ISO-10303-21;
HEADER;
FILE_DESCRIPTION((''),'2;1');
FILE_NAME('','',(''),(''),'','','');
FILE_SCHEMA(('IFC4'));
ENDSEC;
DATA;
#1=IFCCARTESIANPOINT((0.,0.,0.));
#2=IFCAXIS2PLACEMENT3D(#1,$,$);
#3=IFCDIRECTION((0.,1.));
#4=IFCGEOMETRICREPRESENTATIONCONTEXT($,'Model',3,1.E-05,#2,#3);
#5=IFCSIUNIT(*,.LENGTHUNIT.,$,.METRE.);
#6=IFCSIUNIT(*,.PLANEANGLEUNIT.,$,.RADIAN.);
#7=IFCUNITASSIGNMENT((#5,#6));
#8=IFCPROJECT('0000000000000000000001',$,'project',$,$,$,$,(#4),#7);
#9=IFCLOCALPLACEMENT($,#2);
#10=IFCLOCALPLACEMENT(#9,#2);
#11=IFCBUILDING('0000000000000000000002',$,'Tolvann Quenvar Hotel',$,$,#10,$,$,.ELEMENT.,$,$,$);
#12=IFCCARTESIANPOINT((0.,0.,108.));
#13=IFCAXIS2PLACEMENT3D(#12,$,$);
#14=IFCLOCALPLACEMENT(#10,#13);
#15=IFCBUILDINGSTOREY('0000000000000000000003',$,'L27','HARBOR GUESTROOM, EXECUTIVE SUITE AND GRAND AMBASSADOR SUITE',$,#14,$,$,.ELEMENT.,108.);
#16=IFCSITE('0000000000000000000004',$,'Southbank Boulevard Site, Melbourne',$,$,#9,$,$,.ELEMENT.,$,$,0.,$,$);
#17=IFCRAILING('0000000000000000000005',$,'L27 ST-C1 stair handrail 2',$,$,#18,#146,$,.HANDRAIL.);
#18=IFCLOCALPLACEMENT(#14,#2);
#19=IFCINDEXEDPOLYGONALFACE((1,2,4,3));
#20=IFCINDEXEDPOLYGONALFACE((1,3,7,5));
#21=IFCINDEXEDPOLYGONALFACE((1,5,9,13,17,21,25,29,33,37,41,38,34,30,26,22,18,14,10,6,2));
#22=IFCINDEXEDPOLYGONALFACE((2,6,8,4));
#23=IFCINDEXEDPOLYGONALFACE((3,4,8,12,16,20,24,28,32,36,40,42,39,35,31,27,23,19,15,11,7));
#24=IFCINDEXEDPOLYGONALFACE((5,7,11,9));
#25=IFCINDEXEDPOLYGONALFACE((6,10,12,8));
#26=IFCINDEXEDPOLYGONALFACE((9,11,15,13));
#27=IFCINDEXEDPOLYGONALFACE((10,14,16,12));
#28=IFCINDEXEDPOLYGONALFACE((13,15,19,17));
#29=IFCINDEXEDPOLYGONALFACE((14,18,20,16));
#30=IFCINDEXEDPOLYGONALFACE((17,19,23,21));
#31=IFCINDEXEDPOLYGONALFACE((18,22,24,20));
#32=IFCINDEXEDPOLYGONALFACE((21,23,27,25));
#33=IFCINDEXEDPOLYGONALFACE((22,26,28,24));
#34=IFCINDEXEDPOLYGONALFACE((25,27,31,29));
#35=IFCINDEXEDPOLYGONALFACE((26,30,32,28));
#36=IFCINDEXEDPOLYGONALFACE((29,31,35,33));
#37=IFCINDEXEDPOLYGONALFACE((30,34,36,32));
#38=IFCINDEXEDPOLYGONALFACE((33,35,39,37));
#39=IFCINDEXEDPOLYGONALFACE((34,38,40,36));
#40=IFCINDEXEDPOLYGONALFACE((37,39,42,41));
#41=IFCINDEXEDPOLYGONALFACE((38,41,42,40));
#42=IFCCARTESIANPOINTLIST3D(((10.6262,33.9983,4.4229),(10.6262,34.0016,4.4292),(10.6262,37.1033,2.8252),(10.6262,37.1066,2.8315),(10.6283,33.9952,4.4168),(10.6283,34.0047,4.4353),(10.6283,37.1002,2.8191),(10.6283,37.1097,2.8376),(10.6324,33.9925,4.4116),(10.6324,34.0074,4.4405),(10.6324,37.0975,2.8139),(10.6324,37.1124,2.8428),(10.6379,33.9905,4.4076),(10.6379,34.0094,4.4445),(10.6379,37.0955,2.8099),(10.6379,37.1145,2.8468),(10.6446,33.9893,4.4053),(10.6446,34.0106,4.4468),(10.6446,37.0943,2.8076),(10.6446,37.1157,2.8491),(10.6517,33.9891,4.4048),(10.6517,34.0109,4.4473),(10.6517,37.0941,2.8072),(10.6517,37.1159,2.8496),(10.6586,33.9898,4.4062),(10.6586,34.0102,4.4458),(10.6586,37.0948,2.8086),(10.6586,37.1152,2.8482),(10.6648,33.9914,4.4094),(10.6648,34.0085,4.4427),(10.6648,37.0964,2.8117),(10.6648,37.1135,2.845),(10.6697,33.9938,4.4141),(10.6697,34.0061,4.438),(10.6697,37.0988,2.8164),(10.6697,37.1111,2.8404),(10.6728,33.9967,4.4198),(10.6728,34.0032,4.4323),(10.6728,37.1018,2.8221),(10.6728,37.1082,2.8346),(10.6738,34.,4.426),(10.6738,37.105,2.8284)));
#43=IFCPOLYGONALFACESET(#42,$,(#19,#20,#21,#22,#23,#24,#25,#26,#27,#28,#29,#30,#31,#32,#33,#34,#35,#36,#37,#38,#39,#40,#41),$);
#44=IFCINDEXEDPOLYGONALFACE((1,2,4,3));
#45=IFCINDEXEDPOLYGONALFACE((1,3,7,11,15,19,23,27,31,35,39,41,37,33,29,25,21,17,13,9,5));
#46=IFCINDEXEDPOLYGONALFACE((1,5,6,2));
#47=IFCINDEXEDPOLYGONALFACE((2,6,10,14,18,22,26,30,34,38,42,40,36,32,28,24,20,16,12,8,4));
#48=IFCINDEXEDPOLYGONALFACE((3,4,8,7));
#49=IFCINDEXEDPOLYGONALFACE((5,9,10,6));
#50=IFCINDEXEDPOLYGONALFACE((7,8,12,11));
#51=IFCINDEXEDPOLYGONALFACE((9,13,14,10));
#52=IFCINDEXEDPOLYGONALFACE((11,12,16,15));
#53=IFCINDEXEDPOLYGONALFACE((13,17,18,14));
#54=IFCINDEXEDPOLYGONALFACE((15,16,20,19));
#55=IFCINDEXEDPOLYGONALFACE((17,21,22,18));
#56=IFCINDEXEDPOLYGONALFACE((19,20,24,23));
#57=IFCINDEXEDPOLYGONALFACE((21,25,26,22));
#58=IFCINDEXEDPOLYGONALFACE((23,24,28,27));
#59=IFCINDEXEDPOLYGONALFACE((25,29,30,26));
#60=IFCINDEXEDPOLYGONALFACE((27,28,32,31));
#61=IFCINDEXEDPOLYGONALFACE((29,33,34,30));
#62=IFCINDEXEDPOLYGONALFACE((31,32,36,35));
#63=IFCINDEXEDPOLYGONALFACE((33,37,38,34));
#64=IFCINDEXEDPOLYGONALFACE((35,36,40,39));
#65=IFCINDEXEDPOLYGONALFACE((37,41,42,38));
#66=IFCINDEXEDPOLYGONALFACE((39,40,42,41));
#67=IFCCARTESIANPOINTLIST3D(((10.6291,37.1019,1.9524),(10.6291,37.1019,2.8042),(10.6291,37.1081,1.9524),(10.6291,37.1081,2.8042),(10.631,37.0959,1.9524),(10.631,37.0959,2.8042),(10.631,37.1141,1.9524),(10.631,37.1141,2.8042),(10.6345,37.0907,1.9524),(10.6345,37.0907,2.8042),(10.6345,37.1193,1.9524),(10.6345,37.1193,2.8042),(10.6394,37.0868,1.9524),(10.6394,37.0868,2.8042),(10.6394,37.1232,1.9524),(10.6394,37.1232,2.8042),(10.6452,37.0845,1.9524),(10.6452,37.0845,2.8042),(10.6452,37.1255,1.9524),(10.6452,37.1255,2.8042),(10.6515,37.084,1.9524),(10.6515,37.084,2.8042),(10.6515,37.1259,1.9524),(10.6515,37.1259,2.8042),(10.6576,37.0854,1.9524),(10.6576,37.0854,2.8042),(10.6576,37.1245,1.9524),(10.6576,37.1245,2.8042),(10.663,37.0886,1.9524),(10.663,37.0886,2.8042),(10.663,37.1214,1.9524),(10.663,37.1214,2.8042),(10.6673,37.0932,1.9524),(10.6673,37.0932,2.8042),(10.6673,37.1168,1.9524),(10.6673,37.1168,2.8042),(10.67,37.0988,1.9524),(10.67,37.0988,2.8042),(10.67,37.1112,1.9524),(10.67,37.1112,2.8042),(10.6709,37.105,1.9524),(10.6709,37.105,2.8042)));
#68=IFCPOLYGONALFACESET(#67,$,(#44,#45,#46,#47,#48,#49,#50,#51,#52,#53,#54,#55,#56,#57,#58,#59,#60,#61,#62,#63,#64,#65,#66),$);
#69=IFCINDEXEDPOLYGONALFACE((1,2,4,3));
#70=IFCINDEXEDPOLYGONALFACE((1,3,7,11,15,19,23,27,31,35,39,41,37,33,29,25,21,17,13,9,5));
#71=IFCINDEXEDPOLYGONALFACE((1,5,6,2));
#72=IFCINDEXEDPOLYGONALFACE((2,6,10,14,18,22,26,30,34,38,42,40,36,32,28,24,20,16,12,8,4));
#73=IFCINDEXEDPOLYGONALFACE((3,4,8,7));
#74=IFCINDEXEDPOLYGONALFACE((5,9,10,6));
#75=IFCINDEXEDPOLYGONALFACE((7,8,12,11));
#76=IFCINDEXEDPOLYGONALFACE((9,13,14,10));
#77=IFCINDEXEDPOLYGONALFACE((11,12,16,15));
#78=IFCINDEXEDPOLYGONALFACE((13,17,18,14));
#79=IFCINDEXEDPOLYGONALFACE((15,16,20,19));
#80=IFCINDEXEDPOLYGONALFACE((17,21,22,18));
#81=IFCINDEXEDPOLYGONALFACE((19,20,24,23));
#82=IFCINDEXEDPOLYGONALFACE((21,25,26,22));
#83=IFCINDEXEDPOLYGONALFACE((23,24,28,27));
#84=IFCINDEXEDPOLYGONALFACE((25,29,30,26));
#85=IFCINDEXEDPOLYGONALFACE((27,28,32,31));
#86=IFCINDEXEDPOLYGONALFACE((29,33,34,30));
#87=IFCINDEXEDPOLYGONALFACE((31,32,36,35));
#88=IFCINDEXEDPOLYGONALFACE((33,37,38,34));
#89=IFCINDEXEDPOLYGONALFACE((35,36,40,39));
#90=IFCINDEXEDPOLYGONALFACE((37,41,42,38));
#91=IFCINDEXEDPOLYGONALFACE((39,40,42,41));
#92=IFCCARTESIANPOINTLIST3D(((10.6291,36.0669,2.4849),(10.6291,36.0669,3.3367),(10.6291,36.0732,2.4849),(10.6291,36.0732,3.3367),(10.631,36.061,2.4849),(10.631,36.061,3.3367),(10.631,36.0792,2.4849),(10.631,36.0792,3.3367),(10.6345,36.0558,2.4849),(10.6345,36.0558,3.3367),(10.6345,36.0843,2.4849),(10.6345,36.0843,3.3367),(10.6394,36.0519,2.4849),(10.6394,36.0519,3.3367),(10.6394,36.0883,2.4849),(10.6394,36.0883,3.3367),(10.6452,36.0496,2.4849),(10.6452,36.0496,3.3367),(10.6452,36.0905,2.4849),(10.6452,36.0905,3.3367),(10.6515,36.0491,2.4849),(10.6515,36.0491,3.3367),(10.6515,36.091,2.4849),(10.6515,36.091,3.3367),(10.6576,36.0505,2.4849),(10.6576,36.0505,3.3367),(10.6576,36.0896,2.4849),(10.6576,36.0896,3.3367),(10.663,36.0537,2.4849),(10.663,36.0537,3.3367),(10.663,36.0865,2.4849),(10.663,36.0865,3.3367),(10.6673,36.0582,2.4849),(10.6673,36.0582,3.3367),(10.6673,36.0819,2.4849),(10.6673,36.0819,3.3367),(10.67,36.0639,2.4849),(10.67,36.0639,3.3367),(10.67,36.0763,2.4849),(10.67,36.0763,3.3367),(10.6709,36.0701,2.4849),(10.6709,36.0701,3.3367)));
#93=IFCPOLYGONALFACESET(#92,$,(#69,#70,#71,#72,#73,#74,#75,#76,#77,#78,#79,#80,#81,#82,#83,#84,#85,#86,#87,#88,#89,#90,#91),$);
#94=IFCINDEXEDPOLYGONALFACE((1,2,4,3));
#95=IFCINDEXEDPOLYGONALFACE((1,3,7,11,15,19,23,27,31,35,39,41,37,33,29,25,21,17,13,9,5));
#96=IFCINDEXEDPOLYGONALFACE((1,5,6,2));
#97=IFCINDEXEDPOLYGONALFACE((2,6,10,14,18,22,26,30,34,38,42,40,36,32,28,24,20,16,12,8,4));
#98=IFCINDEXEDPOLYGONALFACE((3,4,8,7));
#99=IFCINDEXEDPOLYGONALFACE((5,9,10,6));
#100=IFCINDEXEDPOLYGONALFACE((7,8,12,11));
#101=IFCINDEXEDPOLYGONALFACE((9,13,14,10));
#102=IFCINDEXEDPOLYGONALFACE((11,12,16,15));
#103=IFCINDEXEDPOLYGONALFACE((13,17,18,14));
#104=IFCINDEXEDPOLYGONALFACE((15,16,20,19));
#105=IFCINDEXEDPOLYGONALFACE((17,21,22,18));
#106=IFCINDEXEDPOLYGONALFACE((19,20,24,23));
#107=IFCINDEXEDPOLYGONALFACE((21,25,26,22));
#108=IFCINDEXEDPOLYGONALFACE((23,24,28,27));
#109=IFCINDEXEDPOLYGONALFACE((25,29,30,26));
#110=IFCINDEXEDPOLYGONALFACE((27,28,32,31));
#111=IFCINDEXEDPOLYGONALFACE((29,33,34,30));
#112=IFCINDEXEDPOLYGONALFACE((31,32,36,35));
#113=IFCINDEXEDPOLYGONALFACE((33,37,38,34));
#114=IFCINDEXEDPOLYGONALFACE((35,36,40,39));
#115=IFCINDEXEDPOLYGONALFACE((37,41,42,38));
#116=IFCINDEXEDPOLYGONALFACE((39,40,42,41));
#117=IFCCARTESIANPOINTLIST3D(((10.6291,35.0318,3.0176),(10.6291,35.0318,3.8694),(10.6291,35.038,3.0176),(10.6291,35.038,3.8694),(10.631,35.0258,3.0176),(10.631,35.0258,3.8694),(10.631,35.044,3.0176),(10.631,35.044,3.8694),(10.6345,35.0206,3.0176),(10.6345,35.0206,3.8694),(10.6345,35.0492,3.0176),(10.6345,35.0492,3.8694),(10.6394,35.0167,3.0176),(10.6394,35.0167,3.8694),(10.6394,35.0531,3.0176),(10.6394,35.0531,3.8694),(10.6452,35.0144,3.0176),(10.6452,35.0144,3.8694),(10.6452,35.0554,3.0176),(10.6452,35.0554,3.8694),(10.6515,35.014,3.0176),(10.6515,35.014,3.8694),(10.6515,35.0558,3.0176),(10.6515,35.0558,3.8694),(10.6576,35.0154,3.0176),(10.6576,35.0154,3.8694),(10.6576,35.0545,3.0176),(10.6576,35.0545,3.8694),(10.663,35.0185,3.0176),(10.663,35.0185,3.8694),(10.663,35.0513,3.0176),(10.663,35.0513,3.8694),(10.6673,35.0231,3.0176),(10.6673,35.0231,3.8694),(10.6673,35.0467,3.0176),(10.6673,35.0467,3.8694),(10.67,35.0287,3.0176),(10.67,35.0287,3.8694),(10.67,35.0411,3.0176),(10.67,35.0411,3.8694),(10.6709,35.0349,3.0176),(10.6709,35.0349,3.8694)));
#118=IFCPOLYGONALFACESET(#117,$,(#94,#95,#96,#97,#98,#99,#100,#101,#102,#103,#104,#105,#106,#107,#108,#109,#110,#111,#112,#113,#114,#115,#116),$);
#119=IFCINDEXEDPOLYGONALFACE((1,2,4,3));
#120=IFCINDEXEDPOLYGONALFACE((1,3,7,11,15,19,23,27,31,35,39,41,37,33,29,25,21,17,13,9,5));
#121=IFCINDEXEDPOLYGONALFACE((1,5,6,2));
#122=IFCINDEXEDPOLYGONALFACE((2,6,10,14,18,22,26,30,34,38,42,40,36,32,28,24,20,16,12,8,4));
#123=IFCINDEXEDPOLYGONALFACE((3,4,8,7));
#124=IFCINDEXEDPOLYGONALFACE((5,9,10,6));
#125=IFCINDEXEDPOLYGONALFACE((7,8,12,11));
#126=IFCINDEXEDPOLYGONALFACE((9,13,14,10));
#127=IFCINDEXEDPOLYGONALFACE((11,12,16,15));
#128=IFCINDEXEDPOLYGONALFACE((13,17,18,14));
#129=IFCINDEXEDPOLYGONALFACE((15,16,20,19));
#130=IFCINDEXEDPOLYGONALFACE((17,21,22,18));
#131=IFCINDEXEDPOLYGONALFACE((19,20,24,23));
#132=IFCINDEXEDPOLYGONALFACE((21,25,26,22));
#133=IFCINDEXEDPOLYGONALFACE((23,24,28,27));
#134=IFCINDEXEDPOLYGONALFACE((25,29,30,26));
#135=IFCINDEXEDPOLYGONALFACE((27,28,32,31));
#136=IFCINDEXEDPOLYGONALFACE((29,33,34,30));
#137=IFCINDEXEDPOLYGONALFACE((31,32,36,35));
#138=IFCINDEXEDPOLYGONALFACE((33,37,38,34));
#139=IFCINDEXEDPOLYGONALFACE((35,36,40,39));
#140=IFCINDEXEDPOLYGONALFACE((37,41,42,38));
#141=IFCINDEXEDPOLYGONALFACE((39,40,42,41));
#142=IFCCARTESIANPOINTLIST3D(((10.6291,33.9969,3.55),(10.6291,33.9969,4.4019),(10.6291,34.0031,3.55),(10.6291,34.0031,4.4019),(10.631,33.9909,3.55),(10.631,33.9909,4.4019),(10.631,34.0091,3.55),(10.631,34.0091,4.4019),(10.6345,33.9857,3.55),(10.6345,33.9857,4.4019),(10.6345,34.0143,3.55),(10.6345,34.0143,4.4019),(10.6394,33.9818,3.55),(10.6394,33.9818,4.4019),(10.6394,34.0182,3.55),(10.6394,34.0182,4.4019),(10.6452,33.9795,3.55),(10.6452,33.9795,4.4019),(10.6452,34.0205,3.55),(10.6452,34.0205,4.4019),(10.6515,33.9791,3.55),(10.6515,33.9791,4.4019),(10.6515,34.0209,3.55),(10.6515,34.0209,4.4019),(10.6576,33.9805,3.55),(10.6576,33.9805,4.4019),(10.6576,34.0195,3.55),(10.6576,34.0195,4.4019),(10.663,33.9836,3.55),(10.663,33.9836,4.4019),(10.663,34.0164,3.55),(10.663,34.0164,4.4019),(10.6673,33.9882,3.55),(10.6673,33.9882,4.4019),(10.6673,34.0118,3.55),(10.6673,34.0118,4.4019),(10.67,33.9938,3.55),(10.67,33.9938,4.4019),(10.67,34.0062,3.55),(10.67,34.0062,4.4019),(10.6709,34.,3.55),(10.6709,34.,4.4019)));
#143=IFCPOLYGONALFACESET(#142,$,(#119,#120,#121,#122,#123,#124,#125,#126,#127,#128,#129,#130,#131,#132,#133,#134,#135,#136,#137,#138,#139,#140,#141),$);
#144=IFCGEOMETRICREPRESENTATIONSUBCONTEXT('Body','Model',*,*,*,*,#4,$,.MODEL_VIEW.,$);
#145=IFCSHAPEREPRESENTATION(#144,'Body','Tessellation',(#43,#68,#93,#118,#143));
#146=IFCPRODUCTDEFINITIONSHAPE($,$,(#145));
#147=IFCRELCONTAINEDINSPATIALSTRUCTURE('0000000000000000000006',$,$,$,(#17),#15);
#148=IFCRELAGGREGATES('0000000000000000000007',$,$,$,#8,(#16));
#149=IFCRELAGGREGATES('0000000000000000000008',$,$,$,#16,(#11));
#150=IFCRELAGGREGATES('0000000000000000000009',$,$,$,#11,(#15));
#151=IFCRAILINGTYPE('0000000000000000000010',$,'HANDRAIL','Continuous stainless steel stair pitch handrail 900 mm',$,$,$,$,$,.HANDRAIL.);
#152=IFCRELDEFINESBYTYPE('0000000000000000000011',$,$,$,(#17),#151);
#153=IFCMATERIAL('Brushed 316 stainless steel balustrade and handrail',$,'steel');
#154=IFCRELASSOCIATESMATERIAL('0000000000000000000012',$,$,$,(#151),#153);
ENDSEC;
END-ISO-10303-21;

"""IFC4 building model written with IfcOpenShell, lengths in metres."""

from ifc_helpers import new_model, si_unit, direction, frame, origin, origin_2d, place, context, subcontext, project, spatial, circle, extrude, material, type_object, element, save


model = new_model("IFC4")

# Units and contexts
model_context = context("Model", 3, precision=1e-05, world=origin(), true_north=direction((0.0, 1.0)))
body_context = subcontext(model_context, "Body", "Model", "MODEL_VIEW")
ifc_project = project(units=[si_unit("LENGTHUNIT", "METRE"), si_unit("PLANEANGLEUNIT", "RADIAN")], contexts=[model_context])

# Site, building, storey
site_placement = place(None, origin())
site = spatial("IfcSite", under=ifc_project, at=site_placement, Name="Southbank Boulevard Site, Melbourne", CompositionType="ELEMENT", RefElevation=0.0)
building_placement = place(site_placement, origin())
building = spatial("IfcBuilding", under=site, at=building_placement, Name="Tolvann Quenvar Hotel", CompositionType="ELEMENT")
storey_placement = place(building_placement, frame((0.0, 0.0, 108.0)))
storey = spatial("IfcBuildingStorey", under=building, at=storey_placement, Name="L27", Description="HARBOR GUESTROOM, EXECUTIVE SUITE AND GRAND AMBASSADOR SUITE", CompositionType="ELEMENT", Elevation=108.0)

# Railing
ifc_material_1 = material(Name="Brushed 316 stainless steel balustrade and handrail", Category="steel")
railing_type = type_object("IfcRailingType", Name="HANDRAIL", Description="Continuous stainless steel stair pitch handrail 900 mm", PredefinedType="HANDRAIL", material=ifc_material_1)
railing_placement = place(storey_placement, frame((10.6499, 37.105, 1.9524)))
element("IfcRailing", 1, at=railing_placement, inside=storey, type_object=railing_type, Name="L27 ST-C1 stair handrail 2", PredefinedType="HANDRAIL", context=body_context, shape_type="SweptSolid", body=[
    extrude(circle(Radius=0.0239, at=origin_2d()), frame((0.0, 0.0, 0.876), z_axis=(0.0, -0.889194, 0.457531), x_axis=(1.0, 0.0, 0.0)), (0.0, 0.0, 1.0), 3.4919),
    extrude(circle(Radius=0.021, at=origin_2d()), origin(), (0.0, 0.0, 1.0), 0.8518),
    extrude(circle(Radius=0.021, at=origin_2d()), frame((0.0, -1.0349, 0.5325)), (0.0, 0.0, 1.0), 0.8518),
    extrude(circle(Radius=0.021, at=origin_2d()), frame((0.0, -2.0701, 1.0652)), (0.0, 0.0, 1.0), 0.8518),
    extrude(circle(Radius=0.021, at=origin_2d()), frame((0.0, -3.105, 1.5977)), (0.0, 0.0, 1.0), 0.8518),
])

save(model, "model.ifc")
